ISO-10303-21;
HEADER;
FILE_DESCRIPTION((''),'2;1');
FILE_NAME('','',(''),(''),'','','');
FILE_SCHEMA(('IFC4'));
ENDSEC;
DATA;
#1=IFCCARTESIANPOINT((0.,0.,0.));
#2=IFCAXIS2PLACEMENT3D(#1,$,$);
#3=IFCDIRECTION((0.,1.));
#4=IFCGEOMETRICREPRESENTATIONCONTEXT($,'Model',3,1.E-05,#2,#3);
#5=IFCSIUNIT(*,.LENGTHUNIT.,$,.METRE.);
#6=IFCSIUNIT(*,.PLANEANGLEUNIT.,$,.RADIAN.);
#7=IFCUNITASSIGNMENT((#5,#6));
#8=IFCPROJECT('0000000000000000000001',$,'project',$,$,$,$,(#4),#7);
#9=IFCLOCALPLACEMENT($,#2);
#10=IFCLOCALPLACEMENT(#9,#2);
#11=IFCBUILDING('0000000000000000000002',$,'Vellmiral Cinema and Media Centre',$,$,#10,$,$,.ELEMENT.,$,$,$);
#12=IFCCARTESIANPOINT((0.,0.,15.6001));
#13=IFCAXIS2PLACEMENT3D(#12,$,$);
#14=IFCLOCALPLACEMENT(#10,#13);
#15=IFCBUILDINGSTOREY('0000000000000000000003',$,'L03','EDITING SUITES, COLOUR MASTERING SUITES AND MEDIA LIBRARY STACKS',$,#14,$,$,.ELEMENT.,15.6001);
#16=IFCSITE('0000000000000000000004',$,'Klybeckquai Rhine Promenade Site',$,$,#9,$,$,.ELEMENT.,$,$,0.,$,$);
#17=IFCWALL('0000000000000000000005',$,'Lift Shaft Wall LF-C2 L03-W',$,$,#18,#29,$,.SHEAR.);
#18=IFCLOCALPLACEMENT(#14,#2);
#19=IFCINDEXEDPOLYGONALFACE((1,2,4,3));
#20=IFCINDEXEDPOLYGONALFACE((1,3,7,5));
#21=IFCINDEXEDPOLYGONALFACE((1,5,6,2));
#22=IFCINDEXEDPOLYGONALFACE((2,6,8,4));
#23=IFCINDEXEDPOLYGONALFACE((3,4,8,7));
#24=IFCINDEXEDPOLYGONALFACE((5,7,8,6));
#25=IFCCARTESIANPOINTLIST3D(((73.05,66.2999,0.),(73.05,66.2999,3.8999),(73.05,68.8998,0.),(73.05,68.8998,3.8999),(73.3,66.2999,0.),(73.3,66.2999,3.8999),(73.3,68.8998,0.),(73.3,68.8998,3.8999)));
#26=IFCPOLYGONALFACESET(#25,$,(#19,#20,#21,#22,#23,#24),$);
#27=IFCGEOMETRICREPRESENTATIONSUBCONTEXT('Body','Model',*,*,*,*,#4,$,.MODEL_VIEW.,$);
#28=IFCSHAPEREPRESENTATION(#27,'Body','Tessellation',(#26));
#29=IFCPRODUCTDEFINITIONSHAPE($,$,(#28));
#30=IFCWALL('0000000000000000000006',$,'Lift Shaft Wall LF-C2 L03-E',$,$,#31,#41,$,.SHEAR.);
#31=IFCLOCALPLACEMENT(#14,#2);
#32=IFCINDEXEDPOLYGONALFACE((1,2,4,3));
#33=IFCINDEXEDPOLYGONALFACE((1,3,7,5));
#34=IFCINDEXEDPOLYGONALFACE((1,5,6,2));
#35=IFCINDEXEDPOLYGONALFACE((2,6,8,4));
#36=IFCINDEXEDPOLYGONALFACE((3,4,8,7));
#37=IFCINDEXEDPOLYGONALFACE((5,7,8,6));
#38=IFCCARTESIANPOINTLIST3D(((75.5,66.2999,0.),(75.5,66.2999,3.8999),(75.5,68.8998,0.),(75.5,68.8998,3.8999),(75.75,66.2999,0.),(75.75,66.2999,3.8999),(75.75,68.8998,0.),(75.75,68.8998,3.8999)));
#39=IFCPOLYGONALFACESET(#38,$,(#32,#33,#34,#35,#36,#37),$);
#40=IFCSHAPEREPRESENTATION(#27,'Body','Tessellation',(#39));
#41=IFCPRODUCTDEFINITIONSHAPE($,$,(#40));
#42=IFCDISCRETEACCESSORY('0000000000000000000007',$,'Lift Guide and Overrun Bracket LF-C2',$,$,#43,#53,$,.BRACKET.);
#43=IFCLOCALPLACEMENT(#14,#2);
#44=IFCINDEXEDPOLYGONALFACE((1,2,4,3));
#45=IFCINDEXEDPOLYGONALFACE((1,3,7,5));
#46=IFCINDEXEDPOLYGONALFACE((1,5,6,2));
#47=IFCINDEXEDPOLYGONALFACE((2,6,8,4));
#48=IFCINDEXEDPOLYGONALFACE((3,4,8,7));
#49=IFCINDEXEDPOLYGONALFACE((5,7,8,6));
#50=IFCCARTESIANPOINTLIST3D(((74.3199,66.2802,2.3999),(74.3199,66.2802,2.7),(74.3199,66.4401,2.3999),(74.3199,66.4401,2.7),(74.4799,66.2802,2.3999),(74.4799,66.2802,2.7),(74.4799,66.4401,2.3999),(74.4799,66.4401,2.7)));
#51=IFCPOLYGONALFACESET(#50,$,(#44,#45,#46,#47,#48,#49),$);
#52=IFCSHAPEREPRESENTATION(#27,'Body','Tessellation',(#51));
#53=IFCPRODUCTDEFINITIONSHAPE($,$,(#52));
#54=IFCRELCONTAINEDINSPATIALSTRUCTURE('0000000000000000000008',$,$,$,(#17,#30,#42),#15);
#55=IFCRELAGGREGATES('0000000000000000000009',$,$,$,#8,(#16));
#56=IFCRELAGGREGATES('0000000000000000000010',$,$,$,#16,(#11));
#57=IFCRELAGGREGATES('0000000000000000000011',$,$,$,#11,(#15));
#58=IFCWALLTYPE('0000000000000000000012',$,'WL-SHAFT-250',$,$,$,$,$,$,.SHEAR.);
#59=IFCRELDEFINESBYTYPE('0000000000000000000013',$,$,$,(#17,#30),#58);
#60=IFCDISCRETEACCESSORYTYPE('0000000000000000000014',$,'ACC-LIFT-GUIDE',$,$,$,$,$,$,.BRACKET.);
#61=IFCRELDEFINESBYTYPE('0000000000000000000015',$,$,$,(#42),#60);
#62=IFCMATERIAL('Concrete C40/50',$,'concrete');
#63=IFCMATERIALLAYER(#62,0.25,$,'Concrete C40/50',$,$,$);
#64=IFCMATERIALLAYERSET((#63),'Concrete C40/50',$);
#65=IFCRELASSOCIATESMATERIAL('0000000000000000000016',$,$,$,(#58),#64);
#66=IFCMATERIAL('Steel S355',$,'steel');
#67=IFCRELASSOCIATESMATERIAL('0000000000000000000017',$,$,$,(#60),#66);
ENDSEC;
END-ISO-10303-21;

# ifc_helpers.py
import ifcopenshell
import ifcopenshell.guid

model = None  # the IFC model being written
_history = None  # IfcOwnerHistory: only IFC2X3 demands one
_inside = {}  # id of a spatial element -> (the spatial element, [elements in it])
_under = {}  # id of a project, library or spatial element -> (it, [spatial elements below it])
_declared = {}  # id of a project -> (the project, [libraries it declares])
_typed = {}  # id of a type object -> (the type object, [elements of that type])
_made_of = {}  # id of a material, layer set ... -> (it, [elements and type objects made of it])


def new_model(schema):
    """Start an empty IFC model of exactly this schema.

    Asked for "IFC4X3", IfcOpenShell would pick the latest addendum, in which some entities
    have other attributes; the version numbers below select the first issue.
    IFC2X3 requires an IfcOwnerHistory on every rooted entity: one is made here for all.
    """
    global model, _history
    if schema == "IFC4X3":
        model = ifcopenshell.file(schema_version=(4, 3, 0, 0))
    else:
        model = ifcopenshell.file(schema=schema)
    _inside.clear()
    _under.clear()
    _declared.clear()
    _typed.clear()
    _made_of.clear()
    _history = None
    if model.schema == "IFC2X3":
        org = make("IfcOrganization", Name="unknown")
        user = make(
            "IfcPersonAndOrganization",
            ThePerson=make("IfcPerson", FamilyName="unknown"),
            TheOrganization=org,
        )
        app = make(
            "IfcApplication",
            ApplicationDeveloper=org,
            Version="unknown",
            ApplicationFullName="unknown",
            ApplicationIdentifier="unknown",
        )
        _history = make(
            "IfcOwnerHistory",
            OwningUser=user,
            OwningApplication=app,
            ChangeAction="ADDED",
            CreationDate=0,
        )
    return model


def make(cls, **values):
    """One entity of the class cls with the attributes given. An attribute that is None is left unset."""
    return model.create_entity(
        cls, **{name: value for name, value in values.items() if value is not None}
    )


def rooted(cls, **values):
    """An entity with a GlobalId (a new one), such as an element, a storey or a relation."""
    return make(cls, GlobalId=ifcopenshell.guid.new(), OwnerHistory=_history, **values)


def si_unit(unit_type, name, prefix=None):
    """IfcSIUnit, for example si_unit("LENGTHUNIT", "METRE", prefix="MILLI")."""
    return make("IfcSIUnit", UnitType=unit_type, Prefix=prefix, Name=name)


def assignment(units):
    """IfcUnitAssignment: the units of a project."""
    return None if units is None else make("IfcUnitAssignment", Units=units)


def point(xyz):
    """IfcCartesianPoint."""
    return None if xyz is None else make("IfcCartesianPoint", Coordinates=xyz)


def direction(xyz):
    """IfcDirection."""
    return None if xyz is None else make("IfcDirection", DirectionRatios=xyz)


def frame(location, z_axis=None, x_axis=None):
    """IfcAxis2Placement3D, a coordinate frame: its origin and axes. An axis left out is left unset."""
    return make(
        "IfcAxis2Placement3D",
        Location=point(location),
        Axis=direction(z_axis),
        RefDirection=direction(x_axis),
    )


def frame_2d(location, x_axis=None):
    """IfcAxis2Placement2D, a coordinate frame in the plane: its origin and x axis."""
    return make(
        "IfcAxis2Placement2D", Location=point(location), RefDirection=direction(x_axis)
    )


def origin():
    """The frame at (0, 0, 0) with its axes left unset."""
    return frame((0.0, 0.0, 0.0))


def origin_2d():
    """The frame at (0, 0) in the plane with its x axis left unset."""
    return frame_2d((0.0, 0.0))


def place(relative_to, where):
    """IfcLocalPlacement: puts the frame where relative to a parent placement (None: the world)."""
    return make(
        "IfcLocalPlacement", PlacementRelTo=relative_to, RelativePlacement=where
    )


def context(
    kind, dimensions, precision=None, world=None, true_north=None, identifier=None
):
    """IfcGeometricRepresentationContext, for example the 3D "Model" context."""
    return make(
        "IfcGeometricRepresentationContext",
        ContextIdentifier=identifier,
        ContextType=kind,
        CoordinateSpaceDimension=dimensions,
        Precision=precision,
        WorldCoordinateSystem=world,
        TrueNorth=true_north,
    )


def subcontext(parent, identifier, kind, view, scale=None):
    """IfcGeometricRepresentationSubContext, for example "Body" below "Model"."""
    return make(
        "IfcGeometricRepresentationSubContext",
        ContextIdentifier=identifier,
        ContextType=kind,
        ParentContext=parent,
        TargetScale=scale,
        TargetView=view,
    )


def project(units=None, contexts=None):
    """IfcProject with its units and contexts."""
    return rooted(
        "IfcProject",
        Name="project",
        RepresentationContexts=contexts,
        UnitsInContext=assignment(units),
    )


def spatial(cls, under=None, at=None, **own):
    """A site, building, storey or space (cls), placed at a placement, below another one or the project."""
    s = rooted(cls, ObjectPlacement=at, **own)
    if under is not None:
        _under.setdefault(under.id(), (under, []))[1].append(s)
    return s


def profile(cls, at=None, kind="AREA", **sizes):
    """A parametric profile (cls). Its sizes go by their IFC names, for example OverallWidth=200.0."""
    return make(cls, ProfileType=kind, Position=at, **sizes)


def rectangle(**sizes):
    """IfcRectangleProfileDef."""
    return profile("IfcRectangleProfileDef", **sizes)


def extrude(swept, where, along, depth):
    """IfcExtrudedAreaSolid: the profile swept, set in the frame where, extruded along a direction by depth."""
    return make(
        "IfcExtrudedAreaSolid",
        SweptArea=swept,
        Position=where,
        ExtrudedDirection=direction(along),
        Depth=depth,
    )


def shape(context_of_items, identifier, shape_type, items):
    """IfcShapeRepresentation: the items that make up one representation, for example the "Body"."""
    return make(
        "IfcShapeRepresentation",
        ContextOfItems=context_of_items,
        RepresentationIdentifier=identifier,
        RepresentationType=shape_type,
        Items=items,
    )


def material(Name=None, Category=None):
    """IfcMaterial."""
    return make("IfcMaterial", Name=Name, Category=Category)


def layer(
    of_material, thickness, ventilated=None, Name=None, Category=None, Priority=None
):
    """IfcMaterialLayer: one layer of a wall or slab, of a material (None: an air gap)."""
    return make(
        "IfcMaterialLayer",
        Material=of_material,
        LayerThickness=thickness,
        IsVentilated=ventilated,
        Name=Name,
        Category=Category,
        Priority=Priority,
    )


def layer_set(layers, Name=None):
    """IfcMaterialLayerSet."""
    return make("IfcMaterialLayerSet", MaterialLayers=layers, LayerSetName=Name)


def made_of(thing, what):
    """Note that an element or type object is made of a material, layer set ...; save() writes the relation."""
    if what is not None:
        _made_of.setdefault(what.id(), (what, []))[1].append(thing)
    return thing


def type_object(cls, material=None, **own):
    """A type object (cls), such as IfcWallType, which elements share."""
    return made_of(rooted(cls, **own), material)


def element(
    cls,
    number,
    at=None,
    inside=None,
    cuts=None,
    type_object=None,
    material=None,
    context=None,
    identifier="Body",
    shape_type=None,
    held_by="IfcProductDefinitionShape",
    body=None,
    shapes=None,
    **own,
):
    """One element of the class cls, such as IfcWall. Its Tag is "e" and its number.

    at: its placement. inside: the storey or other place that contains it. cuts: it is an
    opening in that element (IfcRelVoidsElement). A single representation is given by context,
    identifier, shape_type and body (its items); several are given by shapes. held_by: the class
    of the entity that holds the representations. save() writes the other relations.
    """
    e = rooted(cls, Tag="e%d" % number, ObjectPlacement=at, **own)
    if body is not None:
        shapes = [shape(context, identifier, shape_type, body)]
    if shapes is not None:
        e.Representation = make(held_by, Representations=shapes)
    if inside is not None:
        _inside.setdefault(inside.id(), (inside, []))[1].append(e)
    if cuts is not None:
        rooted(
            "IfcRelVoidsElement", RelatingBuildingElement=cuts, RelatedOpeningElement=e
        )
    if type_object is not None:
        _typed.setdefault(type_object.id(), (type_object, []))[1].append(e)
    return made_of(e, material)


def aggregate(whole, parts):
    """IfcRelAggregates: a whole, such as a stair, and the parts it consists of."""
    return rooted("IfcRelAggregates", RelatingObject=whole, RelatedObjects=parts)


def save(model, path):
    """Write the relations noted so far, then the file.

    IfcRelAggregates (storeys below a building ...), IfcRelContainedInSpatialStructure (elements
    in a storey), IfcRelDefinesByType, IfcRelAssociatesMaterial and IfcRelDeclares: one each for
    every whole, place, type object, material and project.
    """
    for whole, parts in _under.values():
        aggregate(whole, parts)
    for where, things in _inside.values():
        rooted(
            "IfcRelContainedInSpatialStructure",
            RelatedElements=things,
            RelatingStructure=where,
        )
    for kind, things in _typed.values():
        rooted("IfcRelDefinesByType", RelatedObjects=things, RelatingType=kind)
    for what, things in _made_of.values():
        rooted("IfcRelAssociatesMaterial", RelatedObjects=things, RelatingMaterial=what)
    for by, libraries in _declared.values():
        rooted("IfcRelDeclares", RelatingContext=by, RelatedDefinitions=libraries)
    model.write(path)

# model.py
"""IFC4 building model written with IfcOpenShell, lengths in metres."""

from ifc_helpers import new_model, si_unit, direction, frame, frame_2d, origin, origin_2d, place, context, subcontext, project, spatial, rectangle, extrude, material, layer, layer_set, type_object, element, save


model = new_model("IFC4")

# Units and contexts
model_context = context("Model", 3, precision=1e-05, world=origin(), true_north=direction((0.0, 1.0)))
body_context = subcontext(model_context, "Body", "Model", "MODEL_VIEW")
ifc_project = project(units=[si_unit("LENGTHUNIT", "METRE"), si_unit("PLANEANGLEUNIT", "RADIAN")], contexts=[model_context])

# Site, building, storey
site_placement = place(None, origin())
site = spatial("IfcSite", under=ifc_project, at=site_placement, Name="Klybeckquai Rhine Promenade Site", CompositionType="ELEMENT", RefElevation=0.0)
building_placement = place(site_placement, origin())
building = spatial("IfcBuilding", under=site, at=building_placement, Name="Vellmiral Cinema and Media Centre", CompositionType="ELEMENT")
storey_placement = place(building_placement, frame((0.0, 0.0, 15.6001)))
storey = spatial("IfcBuildingStorey", under=building, at=storey_placement, Name="L03", Description="EDITING SUITES, COLOUR MASTERING SUITES AND MEDIA LIBRARY STACKS", CompositionType="ELEMENT", Elevation=15.6001)

# Shared definitions
ifc_material_1 = material(Name="Concrete C40/50", Category="concrete")
ifc_layer_1 = layer(ifc_material_1, 0.25, Name="Concrete C40/50")
ifc_layer_set_1 = layer_set([ifc_layer_1], Name="Concrete C40/50")
wall_type_1 = type_object("IfcWallType", Name="WL-SHAFT-250", PredefinedType="SHEAR", material=ifc_layer_set_1)

# Walls
for number, where, z_axis, x_axis, name in (
    (1, (73.175, 66.3, 0.0), (0.0, 0.0, 1.0), (0.0, 1.0, 0.0), "Lift Shaft Wall LF-C2 L03-W"),
    (2, (75.625, 66.3, 0.0), (0.0, 0.0, 1.0), (0.0, 1.0, 0.0), "Lift Shaft Wall LF-C2 L03-E"),
):
    element("IfcWall", number, at=place(storey_placement, frame(where, z_axis=z_axis, x_axis=x_axis)), inside=storey, type_object=wall_type_1, Name=name, PredefinedType="SHEAR", context=body_context, shape_type="SweptSolid", body=[
        extrude(rectangle(XDim=2.5999, YDim=0.25, at=frame_2d((1.2998, 0.0))), origin(), (0.0, 0.0, 1.0), 3.8999),
    ])

# Discrete accessory
ifc_material_2 = material(Name="Steel S355", Category="steel")
discrete_accessory_type = type_object("IfcDiscreteAccessoryType", Name="ACC-LIFT-GUIDE", PredefinedType="BRACKET", material=ifc_material_2)
discrete_accessory_placement = place(storey_placement, frame((74.3999, 66.3601, 2.3999), z_axis=(0.0, 0.0, 1.0), x_axis=(1.0, 0.0, 0.0)))
element("IfcDiscreteAccessory", 3, at=discrete_accessory_placement, inside=storey, type_object=discrete_accessory_type, Name="Lift Guide and Overrun Bracket LF-C2", PredefinedType="BRACKET", context=body_context, shape_type="SweptSolid", body=[
    extrude(rectangle(XDim=0.1599, YDim=0.1599, at=origin_2d()), origin(), (0.0, 0.0, 1.0), 0.3),
])

save(model, "model.ifc")
